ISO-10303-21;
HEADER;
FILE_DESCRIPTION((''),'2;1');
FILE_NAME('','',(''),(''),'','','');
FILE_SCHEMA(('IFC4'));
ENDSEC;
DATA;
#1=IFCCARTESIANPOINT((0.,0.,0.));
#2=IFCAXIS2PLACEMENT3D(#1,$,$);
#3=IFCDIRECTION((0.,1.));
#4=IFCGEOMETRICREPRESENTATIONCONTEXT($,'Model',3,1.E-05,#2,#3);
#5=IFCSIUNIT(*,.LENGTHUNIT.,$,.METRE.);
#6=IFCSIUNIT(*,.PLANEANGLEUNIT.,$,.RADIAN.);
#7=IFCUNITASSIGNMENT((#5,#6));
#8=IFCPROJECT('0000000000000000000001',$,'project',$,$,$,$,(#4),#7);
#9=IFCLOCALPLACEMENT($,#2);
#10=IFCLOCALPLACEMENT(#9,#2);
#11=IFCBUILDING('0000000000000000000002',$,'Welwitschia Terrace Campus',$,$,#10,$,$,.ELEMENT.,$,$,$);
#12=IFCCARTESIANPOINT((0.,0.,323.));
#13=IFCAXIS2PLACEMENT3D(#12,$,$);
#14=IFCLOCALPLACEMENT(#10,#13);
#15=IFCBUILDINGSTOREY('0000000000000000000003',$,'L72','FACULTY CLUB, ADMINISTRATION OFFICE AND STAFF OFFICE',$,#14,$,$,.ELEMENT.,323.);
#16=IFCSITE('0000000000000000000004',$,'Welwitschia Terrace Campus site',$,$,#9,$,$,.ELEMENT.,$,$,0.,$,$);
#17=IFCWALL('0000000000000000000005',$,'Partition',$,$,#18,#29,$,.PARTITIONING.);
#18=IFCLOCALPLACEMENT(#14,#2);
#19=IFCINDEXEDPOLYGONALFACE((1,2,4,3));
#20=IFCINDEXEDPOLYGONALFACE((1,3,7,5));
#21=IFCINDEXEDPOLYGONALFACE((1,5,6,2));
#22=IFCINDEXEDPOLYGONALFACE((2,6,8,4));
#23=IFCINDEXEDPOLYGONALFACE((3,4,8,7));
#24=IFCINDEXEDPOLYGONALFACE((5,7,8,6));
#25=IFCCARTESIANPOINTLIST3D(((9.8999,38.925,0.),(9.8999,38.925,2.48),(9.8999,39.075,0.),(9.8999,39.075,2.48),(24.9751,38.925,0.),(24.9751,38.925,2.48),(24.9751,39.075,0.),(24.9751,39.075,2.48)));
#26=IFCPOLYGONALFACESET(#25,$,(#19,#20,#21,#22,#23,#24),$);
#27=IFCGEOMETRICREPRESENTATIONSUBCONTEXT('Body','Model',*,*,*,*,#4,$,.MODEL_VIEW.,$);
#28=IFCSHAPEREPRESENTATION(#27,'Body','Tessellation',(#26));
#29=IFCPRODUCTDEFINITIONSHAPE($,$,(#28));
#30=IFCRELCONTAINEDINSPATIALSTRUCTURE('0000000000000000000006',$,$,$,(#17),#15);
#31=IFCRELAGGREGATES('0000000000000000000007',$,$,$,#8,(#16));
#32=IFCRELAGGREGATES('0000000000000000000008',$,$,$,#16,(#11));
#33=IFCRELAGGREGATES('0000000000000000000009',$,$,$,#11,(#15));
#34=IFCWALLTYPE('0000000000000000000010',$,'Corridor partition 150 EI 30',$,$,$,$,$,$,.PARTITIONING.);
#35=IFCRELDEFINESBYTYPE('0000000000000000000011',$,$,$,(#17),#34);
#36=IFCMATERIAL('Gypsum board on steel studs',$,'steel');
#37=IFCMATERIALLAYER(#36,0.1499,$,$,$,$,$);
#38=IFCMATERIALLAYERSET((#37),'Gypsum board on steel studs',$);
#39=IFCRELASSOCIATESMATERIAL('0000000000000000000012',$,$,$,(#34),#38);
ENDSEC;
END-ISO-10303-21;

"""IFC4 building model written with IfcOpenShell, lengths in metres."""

from ifc_helpers import new_model, si_unit, direction, frame, frame_2d, origin, place, context, subcontext, project, spatial, rectangle, extrude, material, layer, layer_set, type_object, element, save


model = new_model("IFC4")

# Units and contexts
model_context = context("Model", 3, precision=1e-05, world=origin(), true_north=direction((0.0, 1.0)))
body_context = subcontext(model_context, "Body", "Model", "MODEL_VIEW")
ifc_project = project(units=[si_unit("LENGTHUNIT", "METRE"), si_unit("PLANEANGLEUNIT", "RADIAN")], contexts=[model_context])

# Site, building, storey
site_placement = place(None, origin())
site = spatial("IfcSite", under=ifc_project, at=site_placement, Name="Welwitschia Terrace Campus site", CompositionType="ELEMENT", RefElevation=0.0)
building_placement = place(site_placement, origin())
building = spatial("IfcBuilding", under=site, at=building_placement, Name="Welwitschia Terrace Campus", CompositionType="ELEMENT")
storey_placement = place(building_placement, frame((0.0, 0.0, 323.0)))
storey = spatial("IfcBuildingStorey", under=building, at=storey_placement, Name="L72", Description="FACULTY CLUB, ADMINISTRATION OFFICE AND STAFF OFFICE", CompositionType="ELEMENT", Elevation=323.0)

# Shared definitions
ifc_material_1 = material(Name="Gypsum board on steel studs", Category="steel")
ifc_layer_1 = layer(ifc_material_1, 0.1499)
ifc_layer_set_1 = layer_set([ifc_layer_1], Name="Gypsum board on steel studs")
wall_type = type_object("IfcWallType", Name="Corridor partition 150 EI 30", PredefinedType="PARTITIONING", material=ifc_layer_set_1)

# Wall
wall_1_placement = place(storey_placement, frame((9.8999, 39.0, 0.0), z_axis=(0.0, 0.0, 1.0), x_axis=(1.0, 0.0, 0.0)))
element("IfcWall", 1, at=wall_1_placement, inside=storey, type_object=wall_type, Name="Partition", PredefinedType="PARTITIONING", context=body_context, shape_type="SweptSolid", body=[
    extrude(rectangle(XDim=15.0752, YDim=0.1499, at=frame_2d((7.5376, 0.0))), origin(), (0.0, 0.0, 1.0), 2.48),
])

save(model, "model.ifc")
